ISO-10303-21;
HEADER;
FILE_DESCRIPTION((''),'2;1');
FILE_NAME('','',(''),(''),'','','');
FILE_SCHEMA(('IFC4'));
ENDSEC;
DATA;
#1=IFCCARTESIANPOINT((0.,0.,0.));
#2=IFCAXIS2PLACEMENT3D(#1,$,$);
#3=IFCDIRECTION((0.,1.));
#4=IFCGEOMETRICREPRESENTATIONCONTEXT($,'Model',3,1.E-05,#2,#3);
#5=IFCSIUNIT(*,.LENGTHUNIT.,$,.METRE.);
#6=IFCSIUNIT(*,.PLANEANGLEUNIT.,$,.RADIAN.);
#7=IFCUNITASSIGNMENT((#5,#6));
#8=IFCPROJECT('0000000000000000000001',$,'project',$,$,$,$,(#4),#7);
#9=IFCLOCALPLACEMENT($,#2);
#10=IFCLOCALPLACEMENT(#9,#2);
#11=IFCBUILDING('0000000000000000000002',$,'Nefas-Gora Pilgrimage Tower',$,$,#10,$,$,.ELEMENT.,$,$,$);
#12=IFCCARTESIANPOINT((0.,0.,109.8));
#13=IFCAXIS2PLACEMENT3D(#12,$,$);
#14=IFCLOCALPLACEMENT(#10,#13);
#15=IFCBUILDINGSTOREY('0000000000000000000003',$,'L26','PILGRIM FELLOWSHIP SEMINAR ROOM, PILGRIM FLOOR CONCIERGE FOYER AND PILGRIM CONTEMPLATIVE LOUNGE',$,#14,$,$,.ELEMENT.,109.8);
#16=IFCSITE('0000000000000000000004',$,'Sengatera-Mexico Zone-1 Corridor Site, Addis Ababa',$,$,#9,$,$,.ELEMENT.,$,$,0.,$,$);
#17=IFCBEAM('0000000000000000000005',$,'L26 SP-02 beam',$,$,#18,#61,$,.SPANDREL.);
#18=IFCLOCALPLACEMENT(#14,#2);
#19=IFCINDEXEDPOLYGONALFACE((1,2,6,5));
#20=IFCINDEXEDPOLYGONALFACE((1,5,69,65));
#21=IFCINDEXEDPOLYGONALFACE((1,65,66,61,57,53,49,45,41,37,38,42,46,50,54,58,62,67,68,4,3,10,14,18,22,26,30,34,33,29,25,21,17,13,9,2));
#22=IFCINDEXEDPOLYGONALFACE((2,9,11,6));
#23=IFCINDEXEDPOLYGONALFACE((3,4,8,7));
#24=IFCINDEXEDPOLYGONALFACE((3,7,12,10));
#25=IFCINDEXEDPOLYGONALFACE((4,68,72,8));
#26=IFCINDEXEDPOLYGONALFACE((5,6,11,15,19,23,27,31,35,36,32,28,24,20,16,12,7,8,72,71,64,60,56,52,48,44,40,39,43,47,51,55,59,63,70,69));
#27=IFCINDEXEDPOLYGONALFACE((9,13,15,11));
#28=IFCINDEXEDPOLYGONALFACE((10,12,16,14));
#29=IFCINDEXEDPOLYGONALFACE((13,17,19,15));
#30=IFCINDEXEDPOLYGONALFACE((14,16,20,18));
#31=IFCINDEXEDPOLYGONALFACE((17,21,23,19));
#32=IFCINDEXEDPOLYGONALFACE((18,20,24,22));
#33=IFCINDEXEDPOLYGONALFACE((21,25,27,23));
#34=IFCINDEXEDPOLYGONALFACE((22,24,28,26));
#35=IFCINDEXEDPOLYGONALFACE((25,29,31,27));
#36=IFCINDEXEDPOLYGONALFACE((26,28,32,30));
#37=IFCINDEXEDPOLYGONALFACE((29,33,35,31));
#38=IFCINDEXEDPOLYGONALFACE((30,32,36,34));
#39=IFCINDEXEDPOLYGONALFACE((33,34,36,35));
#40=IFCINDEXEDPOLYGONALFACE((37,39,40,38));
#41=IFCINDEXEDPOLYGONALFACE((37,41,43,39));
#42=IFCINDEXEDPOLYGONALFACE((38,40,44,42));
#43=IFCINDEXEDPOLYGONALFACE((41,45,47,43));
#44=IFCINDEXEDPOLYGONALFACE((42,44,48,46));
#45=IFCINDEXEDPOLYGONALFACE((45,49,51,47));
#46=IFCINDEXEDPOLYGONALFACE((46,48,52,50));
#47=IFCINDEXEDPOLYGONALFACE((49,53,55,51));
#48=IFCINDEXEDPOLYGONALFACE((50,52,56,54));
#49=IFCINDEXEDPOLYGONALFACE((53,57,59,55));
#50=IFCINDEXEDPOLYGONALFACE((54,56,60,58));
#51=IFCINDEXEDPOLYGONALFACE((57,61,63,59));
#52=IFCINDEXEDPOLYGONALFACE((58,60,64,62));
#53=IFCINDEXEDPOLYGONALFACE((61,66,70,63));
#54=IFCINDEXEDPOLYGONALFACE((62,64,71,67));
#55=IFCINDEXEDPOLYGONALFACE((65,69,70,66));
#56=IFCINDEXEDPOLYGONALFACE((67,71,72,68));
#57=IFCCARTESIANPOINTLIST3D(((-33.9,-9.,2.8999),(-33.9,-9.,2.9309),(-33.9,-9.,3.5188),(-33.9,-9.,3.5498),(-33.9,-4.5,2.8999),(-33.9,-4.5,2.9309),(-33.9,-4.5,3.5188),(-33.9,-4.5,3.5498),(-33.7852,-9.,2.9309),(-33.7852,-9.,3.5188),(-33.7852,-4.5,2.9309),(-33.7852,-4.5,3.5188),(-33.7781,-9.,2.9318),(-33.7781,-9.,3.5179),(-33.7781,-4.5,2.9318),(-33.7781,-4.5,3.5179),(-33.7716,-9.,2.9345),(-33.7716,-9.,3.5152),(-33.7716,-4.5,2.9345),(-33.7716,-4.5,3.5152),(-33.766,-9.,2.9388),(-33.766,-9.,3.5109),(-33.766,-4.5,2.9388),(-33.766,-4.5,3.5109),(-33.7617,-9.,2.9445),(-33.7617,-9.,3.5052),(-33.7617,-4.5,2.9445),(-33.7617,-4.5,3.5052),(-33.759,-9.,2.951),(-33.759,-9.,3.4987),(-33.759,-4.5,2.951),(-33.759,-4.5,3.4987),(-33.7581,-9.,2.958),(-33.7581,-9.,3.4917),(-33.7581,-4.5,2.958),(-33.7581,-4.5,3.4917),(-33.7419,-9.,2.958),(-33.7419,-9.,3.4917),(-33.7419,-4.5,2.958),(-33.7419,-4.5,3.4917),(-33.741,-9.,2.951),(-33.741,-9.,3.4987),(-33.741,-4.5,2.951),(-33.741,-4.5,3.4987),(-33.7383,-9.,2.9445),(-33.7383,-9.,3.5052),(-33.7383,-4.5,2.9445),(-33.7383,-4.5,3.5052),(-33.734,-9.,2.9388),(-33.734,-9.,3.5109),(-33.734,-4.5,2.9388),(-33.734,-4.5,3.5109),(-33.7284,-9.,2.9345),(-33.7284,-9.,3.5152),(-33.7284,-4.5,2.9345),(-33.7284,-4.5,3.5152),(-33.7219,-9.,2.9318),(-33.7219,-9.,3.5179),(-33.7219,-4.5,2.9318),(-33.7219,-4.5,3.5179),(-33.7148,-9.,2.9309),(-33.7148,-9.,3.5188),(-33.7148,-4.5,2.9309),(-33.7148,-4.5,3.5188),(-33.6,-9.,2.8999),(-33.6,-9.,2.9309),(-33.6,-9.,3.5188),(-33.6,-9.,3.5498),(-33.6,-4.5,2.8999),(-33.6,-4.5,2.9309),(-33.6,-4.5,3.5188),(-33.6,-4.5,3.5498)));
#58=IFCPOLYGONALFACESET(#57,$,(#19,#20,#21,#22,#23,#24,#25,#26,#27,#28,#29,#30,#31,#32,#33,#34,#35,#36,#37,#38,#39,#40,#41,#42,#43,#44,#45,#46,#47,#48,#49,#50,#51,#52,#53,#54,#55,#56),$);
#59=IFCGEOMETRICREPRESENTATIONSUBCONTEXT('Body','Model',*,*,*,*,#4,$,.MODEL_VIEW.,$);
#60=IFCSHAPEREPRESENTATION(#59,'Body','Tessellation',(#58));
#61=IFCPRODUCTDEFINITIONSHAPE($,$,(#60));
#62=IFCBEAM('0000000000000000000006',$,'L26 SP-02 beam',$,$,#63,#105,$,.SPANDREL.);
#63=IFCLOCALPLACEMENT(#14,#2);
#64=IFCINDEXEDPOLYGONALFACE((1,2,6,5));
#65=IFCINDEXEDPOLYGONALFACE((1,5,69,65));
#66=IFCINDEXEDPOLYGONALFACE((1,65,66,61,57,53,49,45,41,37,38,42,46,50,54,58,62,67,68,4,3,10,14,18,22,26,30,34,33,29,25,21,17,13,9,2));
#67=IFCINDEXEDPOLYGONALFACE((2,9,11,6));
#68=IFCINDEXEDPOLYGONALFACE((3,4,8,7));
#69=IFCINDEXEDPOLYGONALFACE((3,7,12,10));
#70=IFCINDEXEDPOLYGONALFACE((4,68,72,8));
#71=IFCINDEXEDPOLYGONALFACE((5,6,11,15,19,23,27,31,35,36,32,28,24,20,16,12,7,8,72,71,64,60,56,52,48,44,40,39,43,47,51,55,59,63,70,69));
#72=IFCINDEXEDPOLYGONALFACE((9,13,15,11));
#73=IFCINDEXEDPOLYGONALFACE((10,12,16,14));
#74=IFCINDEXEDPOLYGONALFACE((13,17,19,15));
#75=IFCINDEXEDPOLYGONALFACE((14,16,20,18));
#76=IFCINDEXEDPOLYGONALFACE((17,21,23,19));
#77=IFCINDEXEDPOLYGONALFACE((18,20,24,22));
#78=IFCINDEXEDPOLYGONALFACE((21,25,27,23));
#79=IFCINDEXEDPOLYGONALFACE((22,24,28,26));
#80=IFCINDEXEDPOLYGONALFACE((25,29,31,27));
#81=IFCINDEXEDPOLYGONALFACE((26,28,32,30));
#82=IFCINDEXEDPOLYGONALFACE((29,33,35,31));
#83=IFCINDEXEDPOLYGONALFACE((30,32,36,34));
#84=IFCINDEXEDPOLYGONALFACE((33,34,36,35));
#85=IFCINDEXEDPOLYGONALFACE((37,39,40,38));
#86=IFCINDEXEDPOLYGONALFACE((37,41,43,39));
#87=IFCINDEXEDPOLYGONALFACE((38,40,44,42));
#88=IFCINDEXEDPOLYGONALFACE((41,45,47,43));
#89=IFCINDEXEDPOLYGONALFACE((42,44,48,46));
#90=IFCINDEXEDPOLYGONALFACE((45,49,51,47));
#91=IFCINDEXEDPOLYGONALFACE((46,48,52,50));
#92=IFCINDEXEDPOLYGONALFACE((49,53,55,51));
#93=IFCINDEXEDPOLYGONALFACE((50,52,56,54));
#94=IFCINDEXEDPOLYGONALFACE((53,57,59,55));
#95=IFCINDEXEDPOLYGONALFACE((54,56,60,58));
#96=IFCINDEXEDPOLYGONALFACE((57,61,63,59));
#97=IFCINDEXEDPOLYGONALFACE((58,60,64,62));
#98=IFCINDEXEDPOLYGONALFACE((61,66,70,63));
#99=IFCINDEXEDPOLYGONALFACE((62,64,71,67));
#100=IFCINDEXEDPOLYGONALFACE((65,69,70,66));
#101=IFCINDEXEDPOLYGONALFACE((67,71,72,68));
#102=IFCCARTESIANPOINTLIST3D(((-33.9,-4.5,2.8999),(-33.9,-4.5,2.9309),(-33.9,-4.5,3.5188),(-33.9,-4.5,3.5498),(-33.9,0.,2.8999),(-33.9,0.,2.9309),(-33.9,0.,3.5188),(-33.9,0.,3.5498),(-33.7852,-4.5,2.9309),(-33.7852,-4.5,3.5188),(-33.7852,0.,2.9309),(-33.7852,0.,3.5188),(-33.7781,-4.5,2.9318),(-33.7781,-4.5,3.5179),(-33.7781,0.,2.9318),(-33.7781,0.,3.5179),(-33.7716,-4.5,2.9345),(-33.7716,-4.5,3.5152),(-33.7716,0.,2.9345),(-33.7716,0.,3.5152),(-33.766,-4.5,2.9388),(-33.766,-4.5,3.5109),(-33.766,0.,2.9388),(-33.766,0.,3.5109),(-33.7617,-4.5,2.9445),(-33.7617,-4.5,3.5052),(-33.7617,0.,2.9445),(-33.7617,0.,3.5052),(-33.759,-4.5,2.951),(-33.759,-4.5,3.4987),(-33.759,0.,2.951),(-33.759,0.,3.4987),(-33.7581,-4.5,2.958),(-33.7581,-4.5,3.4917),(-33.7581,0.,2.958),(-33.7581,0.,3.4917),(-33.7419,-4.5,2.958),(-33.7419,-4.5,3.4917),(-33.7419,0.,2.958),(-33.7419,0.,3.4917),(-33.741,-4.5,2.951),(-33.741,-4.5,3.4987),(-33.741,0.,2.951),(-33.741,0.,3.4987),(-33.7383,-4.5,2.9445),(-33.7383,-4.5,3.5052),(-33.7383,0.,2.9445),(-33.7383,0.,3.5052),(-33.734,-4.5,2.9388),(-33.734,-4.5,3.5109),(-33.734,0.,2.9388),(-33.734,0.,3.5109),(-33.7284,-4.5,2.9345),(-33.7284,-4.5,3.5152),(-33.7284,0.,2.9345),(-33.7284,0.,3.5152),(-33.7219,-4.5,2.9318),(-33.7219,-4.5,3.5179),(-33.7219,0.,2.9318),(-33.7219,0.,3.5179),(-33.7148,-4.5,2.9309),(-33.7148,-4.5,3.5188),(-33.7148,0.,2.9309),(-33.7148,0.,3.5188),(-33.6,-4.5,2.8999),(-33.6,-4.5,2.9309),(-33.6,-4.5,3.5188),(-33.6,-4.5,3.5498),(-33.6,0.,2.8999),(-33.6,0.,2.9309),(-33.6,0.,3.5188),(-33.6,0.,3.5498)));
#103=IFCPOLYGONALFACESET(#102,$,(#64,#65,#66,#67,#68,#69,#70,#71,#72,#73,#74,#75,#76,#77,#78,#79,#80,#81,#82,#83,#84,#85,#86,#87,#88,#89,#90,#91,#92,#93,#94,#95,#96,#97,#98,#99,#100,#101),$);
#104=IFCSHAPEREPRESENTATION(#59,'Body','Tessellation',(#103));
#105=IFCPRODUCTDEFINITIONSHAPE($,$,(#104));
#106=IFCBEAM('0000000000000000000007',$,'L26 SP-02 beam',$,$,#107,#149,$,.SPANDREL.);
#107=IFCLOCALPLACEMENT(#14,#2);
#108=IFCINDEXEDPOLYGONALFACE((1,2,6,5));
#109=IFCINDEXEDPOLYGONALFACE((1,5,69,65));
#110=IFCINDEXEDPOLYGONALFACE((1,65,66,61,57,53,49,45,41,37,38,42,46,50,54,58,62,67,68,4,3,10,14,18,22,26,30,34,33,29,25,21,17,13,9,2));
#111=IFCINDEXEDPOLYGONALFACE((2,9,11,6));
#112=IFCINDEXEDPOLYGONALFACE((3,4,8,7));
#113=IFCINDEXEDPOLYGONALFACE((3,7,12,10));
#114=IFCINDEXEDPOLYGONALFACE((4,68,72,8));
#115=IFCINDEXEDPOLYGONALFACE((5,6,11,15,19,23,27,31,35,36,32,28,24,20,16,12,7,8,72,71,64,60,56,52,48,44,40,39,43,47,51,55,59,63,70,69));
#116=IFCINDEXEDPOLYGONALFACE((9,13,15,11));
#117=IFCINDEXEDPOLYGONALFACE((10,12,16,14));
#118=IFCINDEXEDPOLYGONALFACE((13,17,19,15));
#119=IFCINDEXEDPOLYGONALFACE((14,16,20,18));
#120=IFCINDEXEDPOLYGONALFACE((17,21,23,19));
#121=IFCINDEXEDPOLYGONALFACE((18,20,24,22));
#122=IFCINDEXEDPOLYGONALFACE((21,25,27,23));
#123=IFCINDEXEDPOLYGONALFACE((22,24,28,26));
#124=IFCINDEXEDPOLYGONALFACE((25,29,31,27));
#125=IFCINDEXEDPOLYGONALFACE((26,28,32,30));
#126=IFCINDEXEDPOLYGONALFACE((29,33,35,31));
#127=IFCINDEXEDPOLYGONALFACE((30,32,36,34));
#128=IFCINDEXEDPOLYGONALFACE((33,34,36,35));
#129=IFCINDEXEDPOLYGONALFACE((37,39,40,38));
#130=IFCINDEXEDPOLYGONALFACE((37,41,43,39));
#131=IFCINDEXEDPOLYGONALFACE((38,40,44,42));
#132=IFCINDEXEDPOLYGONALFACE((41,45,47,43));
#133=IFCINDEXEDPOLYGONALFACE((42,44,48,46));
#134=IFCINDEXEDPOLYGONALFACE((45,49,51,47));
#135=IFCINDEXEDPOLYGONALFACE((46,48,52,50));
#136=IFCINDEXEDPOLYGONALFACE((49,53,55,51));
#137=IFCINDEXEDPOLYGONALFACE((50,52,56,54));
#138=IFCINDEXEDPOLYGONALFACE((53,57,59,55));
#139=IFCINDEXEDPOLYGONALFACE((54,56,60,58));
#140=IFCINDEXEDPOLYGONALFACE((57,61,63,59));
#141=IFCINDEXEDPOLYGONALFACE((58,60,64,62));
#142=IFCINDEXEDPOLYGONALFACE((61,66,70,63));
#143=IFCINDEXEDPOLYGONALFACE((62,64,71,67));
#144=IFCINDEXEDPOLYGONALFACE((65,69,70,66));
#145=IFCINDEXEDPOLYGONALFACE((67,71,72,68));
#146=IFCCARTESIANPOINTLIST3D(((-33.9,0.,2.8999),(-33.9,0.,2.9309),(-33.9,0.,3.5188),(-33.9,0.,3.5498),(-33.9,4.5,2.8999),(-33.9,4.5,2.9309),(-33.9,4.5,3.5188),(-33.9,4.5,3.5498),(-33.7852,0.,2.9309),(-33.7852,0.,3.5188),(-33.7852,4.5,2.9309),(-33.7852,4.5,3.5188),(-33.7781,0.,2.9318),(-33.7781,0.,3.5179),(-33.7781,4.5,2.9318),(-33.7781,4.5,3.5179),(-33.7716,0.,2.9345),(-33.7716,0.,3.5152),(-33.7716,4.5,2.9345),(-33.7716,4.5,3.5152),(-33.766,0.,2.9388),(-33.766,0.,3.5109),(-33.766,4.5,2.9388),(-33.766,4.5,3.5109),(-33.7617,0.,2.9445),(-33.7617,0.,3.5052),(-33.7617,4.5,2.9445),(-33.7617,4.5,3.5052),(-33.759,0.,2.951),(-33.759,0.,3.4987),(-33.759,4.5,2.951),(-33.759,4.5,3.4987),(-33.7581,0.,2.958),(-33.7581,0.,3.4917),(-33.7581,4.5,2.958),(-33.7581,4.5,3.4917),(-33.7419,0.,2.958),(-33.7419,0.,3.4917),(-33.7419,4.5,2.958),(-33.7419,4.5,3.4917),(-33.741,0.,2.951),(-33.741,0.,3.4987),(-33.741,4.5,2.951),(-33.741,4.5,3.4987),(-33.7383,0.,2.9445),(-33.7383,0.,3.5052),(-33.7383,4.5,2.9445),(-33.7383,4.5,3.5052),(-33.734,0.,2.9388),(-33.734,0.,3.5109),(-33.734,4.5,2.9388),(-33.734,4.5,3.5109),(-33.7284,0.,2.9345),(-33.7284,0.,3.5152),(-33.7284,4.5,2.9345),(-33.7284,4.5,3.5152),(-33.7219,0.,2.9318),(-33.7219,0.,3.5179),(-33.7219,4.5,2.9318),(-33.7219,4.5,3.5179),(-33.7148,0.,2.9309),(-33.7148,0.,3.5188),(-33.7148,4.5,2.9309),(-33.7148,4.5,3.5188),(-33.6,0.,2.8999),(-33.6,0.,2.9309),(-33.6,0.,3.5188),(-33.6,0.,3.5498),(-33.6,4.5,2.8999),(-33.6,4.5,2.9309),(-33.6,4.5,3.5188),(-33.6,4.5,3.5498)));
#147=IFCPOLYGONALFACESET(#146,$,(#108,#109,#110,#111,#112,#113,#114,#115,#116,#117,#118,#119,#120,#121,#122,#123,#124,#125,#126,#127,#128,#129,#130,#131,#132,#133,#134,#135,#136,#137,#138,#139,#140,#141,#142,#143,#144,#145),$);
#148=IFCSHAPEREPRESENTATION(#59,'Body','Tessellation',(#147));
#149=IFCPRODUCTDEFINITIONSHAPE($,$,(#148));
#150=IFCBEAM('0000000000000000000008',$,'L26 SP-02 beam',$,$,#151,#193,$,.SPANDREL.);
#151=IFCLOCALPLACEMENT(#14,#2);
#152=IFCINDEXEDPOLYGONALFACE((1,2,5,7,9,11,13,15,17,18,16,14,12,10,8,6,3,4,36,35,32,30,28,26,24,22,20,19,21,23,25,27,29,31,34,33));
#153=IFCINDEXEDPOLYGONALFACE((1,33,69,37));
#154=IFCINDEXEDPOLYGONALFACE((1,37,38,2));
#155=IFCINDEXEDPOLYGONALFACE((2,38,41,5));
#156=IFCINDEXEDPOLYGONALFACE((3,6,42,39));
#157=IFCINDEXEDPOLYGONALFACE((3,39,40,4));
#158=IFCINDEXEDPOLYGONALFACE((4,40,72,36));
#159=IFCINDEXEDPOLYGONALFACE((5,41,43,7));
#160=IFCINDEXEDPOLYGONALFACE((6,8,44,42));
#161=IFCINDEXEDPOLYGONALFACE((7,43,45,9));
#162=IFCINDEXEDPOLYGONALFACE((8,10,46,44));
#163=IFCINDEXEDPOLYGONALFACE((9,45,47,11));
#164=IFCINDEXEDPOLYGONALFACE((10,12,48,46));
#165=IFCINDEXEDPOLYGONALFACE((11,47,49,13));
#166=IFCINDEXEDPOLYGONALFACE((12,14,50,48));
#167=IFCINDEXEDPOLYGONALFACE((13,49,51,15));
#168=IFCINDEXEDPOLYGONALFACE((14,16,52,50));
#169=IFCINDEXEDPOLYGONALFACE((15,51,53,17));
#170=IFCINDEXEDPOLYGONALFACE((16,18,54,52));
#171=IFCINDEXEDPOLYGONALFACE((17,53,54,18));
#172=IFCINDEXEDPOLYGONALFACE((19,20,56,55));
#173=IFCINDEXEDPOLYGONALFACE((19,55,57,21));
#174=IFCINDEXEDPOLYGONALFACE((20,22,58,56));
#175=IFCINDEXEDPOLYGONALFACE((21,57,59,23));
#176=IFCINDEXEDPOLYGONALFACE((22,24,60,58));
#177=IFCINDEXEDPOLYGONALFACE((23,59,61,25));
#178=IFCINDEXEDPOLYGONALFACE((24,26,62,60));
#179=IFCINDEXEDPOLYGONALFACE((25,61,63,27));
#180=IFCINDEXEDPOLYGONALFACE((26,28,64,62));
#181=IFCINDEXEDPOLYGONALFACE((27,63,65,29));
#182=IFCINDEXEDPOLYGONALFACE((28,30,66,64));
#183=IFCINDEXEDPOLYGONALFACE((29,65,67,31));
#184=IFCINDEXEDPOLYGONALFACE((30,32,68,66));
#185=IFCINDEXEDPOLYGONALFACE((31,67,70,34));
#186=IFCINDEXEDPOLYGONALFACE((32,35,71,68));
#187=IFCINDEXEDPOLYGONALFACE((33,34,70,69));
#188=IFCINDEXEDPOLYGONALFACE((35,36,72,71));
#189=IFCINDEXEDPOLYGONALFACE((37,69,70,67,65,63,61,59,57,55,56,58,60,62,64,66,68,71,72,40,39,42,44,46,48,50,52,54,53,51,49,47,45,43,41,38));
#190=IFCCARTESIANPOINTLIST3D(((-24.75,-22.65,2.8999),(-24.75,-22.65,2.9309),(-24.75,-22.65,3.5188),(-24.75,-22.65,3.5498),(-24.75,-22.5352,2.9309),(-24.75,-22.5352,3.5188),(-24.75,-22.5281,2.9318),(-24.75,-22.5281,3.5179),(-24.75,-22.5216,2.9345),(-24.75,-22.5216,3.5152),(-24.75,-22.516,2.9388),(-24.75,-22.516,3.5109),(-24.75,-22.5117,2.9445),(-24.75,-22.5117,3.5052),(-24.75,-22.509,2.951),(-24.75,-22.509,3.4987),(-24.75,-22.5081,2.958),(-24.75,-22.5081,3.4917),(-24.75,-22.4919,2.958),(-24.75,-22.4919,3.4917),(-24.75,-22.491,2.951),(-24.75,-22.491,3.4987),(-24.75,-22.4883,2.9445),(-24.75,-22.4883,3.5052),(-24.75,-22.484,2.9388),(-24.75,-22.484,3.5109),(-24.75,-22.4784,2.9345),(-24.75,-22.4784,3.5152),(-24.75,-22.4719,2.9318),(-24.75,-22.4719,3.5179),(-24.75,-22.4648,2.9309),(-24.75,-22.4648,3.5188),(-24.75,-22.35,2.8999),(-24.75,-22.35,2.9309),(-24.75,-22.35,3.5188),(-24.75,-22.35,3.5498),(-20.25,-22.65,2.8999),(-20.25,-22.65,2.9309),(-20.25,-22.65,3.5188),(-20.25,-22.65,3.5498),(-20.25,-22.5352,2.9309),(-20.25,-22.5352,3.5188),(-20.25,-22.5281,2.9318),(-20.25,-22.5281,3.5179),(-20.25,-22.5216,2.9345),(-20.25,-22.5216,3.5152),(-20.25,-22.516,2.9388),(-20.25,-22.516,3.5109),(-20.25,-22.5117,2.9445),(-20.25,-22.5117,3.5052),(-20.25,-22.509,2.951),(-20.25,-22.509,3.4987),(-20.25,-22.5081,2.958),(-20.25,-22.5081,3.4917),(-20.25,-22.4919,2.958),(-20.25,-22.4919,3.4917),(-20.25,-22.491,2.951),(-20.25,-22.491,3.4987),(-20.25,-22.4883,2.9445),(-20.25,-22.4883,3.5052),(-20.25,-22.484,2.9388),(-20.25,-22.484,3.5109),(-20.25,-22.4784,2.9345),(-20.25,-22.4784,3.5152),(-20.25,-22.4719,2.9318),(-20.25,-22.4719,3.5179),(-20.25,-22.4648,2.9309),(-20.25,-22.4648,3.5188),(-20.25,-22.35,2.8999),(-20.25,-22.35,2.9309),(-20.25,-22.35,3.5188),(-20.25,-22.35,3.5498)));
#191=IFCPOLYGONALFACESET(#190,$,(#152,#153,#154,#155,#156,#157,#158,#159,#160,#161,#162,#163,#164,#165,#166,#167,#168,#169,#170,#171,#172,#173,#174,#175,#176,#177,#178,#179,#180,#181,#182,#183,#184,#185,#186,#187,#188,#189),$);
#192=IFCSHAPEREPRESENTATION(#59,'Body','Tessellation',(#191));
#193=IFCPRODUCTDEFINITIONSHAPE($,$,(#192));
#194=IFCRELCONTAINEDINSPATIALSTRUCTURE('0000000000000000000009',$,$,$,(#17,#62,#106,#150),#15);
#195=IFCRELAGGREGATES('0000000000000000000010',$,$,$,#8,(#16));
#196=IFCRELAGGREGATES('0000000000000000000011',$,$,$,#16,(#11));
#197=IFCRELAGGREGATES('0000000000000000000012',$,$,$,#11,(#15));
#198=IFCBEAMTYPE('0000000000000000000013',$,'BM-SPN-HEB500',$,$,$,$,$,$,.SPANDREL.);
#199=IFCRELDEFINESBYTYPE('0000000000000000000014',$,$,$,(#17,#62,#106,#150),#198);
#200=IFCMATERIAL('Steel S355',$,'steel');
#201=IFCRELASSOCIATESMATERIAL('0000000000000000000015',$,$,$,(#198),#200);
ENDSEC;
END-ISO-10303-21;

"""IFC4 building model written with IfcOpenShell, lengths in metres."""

from ifc_helpers import new_model, si_unit, direction, frame, origin, origin_2d, place, context, subcontext, project, spatial, i_section, extrude, source, transform, mapped, material, material_profile, profile_set, type_object, element, save


model = new_model("IFC4")

# Units and contexts
model_context = context("Model", 3, precision=1e-05, world=origin(), true_north=direction((0.0, 1.0)))
body_context = subcontext(model_context, "Body", "Model", "MODEL_VIEW")
ifc_project = project(units=[si_unit("LENGTHUNIT", "METRE"), si_unit("PLANEANGLEUNIT", "RADIAN")], contexts=[model_context])

# Site, building, storey
site_placement = place(None, origin())
site = spatial("IfcSite", under=ifc_project, at=site_placement, Name="Sengatera-Mexico Zone-1 Corridor Site, Addis Ababa", CompositionType="ELEMENT", RefElevation=0.0)
building_placement = place(site_placement, origin())
building = spatial("IfcBuilding", under=site, at=building_placement, Name="Nefas-Gora Pilgrimage Tower", CompositionType="ELEMENT")
storey_placement = place(building_placement, frame((0.0, 0.0, 109.8)))
storey = spatial("IfcBuildingStorey", under=building, at=storey_placement, Name="L26", Description="PILGRIM FELLOWSHIP SEMINAR ROOM, PILGRIM FLOOR CONCIERGE FOYER AND PILGRIM CONTEMPLATIVE LOUNGE", CompositionType="ELEMENT", Elevation=109.8)

# Beams
ifc_material_1 = material(Name="Steel S355", Category="steel")
ifc_material_profile_1 = material_profile(ifc_material_1, i_section(OverallWidth=0.3, OverallDepth=0.6499, WebThickness=0.0161, FlangeThickness=0.031, FilletRadius=0.0271, at=origin_2d()), Name="HEB 650")
ifc_profile_set_1 = profile_set([ifc_material_profile_1], Name="Steel S355")
beam_type_1 = type_object("IfcBeamType", Name="BM-SPN-HEB500", PredefinedType="SPANDREL", material=ifc_profile_set_1)
shared_shape_1 = source(origin(), body_context, "Body", "SweptSolid", [
    extrude(i_section(OverallWidth=0.3, OverallDepth=0.6499, WebThickness=0.0161, FlangeThickness=0.031, FilletRadius=0.0271, at=origin_2d()), origin(), (0.0, 0.0, 1.0), 4.5),
])
for number, where, z_axis, x_axis, name in (
    (1, (-33.75, -9.0, 3.2249), (0.0, 1.0, 0.0), (-1.0, 0.0, 0.0), "L26 SP-02 beam"),
    (2, (-33.75, -4.5, 3.2249), (0.0, 1.0, 0.0), (-1.0, 0.0, 0.0), "L26 SP-02 beam"),
    (3, (-33.75, 0.0, 3.2249), (0.0, 1.0, 0.0), (-1.0, 0.0, 0.0), "L26 SP-02 beam"),
    (4, (-24.75, -22.5, 3.2249), (1.0, 0.0, 0.0), (0.0, 1.0, 0.0), "L26 SP-02 beam"),
):
    element("IfcBeam", number, at=place(storey_placement, frame(where, z_axis=z_axis, x_axis=x_axis)), inside=storey, type_object=beam_type_1, Name=name, PredefinedType="SPANDREL", context=body_context, shape_type="MappedRepresentation", body=[
        mapped(shared_shape_1, transform((0.0, 0.0, 0.0), x_axis=(1.0, 0.0, 0.0), y_axis=(0.0, 1.0, 0.0), z_axis=(0.0, 0.0, 1.0), scale=1.0)),
    ])

save(model, "model.ifc")
